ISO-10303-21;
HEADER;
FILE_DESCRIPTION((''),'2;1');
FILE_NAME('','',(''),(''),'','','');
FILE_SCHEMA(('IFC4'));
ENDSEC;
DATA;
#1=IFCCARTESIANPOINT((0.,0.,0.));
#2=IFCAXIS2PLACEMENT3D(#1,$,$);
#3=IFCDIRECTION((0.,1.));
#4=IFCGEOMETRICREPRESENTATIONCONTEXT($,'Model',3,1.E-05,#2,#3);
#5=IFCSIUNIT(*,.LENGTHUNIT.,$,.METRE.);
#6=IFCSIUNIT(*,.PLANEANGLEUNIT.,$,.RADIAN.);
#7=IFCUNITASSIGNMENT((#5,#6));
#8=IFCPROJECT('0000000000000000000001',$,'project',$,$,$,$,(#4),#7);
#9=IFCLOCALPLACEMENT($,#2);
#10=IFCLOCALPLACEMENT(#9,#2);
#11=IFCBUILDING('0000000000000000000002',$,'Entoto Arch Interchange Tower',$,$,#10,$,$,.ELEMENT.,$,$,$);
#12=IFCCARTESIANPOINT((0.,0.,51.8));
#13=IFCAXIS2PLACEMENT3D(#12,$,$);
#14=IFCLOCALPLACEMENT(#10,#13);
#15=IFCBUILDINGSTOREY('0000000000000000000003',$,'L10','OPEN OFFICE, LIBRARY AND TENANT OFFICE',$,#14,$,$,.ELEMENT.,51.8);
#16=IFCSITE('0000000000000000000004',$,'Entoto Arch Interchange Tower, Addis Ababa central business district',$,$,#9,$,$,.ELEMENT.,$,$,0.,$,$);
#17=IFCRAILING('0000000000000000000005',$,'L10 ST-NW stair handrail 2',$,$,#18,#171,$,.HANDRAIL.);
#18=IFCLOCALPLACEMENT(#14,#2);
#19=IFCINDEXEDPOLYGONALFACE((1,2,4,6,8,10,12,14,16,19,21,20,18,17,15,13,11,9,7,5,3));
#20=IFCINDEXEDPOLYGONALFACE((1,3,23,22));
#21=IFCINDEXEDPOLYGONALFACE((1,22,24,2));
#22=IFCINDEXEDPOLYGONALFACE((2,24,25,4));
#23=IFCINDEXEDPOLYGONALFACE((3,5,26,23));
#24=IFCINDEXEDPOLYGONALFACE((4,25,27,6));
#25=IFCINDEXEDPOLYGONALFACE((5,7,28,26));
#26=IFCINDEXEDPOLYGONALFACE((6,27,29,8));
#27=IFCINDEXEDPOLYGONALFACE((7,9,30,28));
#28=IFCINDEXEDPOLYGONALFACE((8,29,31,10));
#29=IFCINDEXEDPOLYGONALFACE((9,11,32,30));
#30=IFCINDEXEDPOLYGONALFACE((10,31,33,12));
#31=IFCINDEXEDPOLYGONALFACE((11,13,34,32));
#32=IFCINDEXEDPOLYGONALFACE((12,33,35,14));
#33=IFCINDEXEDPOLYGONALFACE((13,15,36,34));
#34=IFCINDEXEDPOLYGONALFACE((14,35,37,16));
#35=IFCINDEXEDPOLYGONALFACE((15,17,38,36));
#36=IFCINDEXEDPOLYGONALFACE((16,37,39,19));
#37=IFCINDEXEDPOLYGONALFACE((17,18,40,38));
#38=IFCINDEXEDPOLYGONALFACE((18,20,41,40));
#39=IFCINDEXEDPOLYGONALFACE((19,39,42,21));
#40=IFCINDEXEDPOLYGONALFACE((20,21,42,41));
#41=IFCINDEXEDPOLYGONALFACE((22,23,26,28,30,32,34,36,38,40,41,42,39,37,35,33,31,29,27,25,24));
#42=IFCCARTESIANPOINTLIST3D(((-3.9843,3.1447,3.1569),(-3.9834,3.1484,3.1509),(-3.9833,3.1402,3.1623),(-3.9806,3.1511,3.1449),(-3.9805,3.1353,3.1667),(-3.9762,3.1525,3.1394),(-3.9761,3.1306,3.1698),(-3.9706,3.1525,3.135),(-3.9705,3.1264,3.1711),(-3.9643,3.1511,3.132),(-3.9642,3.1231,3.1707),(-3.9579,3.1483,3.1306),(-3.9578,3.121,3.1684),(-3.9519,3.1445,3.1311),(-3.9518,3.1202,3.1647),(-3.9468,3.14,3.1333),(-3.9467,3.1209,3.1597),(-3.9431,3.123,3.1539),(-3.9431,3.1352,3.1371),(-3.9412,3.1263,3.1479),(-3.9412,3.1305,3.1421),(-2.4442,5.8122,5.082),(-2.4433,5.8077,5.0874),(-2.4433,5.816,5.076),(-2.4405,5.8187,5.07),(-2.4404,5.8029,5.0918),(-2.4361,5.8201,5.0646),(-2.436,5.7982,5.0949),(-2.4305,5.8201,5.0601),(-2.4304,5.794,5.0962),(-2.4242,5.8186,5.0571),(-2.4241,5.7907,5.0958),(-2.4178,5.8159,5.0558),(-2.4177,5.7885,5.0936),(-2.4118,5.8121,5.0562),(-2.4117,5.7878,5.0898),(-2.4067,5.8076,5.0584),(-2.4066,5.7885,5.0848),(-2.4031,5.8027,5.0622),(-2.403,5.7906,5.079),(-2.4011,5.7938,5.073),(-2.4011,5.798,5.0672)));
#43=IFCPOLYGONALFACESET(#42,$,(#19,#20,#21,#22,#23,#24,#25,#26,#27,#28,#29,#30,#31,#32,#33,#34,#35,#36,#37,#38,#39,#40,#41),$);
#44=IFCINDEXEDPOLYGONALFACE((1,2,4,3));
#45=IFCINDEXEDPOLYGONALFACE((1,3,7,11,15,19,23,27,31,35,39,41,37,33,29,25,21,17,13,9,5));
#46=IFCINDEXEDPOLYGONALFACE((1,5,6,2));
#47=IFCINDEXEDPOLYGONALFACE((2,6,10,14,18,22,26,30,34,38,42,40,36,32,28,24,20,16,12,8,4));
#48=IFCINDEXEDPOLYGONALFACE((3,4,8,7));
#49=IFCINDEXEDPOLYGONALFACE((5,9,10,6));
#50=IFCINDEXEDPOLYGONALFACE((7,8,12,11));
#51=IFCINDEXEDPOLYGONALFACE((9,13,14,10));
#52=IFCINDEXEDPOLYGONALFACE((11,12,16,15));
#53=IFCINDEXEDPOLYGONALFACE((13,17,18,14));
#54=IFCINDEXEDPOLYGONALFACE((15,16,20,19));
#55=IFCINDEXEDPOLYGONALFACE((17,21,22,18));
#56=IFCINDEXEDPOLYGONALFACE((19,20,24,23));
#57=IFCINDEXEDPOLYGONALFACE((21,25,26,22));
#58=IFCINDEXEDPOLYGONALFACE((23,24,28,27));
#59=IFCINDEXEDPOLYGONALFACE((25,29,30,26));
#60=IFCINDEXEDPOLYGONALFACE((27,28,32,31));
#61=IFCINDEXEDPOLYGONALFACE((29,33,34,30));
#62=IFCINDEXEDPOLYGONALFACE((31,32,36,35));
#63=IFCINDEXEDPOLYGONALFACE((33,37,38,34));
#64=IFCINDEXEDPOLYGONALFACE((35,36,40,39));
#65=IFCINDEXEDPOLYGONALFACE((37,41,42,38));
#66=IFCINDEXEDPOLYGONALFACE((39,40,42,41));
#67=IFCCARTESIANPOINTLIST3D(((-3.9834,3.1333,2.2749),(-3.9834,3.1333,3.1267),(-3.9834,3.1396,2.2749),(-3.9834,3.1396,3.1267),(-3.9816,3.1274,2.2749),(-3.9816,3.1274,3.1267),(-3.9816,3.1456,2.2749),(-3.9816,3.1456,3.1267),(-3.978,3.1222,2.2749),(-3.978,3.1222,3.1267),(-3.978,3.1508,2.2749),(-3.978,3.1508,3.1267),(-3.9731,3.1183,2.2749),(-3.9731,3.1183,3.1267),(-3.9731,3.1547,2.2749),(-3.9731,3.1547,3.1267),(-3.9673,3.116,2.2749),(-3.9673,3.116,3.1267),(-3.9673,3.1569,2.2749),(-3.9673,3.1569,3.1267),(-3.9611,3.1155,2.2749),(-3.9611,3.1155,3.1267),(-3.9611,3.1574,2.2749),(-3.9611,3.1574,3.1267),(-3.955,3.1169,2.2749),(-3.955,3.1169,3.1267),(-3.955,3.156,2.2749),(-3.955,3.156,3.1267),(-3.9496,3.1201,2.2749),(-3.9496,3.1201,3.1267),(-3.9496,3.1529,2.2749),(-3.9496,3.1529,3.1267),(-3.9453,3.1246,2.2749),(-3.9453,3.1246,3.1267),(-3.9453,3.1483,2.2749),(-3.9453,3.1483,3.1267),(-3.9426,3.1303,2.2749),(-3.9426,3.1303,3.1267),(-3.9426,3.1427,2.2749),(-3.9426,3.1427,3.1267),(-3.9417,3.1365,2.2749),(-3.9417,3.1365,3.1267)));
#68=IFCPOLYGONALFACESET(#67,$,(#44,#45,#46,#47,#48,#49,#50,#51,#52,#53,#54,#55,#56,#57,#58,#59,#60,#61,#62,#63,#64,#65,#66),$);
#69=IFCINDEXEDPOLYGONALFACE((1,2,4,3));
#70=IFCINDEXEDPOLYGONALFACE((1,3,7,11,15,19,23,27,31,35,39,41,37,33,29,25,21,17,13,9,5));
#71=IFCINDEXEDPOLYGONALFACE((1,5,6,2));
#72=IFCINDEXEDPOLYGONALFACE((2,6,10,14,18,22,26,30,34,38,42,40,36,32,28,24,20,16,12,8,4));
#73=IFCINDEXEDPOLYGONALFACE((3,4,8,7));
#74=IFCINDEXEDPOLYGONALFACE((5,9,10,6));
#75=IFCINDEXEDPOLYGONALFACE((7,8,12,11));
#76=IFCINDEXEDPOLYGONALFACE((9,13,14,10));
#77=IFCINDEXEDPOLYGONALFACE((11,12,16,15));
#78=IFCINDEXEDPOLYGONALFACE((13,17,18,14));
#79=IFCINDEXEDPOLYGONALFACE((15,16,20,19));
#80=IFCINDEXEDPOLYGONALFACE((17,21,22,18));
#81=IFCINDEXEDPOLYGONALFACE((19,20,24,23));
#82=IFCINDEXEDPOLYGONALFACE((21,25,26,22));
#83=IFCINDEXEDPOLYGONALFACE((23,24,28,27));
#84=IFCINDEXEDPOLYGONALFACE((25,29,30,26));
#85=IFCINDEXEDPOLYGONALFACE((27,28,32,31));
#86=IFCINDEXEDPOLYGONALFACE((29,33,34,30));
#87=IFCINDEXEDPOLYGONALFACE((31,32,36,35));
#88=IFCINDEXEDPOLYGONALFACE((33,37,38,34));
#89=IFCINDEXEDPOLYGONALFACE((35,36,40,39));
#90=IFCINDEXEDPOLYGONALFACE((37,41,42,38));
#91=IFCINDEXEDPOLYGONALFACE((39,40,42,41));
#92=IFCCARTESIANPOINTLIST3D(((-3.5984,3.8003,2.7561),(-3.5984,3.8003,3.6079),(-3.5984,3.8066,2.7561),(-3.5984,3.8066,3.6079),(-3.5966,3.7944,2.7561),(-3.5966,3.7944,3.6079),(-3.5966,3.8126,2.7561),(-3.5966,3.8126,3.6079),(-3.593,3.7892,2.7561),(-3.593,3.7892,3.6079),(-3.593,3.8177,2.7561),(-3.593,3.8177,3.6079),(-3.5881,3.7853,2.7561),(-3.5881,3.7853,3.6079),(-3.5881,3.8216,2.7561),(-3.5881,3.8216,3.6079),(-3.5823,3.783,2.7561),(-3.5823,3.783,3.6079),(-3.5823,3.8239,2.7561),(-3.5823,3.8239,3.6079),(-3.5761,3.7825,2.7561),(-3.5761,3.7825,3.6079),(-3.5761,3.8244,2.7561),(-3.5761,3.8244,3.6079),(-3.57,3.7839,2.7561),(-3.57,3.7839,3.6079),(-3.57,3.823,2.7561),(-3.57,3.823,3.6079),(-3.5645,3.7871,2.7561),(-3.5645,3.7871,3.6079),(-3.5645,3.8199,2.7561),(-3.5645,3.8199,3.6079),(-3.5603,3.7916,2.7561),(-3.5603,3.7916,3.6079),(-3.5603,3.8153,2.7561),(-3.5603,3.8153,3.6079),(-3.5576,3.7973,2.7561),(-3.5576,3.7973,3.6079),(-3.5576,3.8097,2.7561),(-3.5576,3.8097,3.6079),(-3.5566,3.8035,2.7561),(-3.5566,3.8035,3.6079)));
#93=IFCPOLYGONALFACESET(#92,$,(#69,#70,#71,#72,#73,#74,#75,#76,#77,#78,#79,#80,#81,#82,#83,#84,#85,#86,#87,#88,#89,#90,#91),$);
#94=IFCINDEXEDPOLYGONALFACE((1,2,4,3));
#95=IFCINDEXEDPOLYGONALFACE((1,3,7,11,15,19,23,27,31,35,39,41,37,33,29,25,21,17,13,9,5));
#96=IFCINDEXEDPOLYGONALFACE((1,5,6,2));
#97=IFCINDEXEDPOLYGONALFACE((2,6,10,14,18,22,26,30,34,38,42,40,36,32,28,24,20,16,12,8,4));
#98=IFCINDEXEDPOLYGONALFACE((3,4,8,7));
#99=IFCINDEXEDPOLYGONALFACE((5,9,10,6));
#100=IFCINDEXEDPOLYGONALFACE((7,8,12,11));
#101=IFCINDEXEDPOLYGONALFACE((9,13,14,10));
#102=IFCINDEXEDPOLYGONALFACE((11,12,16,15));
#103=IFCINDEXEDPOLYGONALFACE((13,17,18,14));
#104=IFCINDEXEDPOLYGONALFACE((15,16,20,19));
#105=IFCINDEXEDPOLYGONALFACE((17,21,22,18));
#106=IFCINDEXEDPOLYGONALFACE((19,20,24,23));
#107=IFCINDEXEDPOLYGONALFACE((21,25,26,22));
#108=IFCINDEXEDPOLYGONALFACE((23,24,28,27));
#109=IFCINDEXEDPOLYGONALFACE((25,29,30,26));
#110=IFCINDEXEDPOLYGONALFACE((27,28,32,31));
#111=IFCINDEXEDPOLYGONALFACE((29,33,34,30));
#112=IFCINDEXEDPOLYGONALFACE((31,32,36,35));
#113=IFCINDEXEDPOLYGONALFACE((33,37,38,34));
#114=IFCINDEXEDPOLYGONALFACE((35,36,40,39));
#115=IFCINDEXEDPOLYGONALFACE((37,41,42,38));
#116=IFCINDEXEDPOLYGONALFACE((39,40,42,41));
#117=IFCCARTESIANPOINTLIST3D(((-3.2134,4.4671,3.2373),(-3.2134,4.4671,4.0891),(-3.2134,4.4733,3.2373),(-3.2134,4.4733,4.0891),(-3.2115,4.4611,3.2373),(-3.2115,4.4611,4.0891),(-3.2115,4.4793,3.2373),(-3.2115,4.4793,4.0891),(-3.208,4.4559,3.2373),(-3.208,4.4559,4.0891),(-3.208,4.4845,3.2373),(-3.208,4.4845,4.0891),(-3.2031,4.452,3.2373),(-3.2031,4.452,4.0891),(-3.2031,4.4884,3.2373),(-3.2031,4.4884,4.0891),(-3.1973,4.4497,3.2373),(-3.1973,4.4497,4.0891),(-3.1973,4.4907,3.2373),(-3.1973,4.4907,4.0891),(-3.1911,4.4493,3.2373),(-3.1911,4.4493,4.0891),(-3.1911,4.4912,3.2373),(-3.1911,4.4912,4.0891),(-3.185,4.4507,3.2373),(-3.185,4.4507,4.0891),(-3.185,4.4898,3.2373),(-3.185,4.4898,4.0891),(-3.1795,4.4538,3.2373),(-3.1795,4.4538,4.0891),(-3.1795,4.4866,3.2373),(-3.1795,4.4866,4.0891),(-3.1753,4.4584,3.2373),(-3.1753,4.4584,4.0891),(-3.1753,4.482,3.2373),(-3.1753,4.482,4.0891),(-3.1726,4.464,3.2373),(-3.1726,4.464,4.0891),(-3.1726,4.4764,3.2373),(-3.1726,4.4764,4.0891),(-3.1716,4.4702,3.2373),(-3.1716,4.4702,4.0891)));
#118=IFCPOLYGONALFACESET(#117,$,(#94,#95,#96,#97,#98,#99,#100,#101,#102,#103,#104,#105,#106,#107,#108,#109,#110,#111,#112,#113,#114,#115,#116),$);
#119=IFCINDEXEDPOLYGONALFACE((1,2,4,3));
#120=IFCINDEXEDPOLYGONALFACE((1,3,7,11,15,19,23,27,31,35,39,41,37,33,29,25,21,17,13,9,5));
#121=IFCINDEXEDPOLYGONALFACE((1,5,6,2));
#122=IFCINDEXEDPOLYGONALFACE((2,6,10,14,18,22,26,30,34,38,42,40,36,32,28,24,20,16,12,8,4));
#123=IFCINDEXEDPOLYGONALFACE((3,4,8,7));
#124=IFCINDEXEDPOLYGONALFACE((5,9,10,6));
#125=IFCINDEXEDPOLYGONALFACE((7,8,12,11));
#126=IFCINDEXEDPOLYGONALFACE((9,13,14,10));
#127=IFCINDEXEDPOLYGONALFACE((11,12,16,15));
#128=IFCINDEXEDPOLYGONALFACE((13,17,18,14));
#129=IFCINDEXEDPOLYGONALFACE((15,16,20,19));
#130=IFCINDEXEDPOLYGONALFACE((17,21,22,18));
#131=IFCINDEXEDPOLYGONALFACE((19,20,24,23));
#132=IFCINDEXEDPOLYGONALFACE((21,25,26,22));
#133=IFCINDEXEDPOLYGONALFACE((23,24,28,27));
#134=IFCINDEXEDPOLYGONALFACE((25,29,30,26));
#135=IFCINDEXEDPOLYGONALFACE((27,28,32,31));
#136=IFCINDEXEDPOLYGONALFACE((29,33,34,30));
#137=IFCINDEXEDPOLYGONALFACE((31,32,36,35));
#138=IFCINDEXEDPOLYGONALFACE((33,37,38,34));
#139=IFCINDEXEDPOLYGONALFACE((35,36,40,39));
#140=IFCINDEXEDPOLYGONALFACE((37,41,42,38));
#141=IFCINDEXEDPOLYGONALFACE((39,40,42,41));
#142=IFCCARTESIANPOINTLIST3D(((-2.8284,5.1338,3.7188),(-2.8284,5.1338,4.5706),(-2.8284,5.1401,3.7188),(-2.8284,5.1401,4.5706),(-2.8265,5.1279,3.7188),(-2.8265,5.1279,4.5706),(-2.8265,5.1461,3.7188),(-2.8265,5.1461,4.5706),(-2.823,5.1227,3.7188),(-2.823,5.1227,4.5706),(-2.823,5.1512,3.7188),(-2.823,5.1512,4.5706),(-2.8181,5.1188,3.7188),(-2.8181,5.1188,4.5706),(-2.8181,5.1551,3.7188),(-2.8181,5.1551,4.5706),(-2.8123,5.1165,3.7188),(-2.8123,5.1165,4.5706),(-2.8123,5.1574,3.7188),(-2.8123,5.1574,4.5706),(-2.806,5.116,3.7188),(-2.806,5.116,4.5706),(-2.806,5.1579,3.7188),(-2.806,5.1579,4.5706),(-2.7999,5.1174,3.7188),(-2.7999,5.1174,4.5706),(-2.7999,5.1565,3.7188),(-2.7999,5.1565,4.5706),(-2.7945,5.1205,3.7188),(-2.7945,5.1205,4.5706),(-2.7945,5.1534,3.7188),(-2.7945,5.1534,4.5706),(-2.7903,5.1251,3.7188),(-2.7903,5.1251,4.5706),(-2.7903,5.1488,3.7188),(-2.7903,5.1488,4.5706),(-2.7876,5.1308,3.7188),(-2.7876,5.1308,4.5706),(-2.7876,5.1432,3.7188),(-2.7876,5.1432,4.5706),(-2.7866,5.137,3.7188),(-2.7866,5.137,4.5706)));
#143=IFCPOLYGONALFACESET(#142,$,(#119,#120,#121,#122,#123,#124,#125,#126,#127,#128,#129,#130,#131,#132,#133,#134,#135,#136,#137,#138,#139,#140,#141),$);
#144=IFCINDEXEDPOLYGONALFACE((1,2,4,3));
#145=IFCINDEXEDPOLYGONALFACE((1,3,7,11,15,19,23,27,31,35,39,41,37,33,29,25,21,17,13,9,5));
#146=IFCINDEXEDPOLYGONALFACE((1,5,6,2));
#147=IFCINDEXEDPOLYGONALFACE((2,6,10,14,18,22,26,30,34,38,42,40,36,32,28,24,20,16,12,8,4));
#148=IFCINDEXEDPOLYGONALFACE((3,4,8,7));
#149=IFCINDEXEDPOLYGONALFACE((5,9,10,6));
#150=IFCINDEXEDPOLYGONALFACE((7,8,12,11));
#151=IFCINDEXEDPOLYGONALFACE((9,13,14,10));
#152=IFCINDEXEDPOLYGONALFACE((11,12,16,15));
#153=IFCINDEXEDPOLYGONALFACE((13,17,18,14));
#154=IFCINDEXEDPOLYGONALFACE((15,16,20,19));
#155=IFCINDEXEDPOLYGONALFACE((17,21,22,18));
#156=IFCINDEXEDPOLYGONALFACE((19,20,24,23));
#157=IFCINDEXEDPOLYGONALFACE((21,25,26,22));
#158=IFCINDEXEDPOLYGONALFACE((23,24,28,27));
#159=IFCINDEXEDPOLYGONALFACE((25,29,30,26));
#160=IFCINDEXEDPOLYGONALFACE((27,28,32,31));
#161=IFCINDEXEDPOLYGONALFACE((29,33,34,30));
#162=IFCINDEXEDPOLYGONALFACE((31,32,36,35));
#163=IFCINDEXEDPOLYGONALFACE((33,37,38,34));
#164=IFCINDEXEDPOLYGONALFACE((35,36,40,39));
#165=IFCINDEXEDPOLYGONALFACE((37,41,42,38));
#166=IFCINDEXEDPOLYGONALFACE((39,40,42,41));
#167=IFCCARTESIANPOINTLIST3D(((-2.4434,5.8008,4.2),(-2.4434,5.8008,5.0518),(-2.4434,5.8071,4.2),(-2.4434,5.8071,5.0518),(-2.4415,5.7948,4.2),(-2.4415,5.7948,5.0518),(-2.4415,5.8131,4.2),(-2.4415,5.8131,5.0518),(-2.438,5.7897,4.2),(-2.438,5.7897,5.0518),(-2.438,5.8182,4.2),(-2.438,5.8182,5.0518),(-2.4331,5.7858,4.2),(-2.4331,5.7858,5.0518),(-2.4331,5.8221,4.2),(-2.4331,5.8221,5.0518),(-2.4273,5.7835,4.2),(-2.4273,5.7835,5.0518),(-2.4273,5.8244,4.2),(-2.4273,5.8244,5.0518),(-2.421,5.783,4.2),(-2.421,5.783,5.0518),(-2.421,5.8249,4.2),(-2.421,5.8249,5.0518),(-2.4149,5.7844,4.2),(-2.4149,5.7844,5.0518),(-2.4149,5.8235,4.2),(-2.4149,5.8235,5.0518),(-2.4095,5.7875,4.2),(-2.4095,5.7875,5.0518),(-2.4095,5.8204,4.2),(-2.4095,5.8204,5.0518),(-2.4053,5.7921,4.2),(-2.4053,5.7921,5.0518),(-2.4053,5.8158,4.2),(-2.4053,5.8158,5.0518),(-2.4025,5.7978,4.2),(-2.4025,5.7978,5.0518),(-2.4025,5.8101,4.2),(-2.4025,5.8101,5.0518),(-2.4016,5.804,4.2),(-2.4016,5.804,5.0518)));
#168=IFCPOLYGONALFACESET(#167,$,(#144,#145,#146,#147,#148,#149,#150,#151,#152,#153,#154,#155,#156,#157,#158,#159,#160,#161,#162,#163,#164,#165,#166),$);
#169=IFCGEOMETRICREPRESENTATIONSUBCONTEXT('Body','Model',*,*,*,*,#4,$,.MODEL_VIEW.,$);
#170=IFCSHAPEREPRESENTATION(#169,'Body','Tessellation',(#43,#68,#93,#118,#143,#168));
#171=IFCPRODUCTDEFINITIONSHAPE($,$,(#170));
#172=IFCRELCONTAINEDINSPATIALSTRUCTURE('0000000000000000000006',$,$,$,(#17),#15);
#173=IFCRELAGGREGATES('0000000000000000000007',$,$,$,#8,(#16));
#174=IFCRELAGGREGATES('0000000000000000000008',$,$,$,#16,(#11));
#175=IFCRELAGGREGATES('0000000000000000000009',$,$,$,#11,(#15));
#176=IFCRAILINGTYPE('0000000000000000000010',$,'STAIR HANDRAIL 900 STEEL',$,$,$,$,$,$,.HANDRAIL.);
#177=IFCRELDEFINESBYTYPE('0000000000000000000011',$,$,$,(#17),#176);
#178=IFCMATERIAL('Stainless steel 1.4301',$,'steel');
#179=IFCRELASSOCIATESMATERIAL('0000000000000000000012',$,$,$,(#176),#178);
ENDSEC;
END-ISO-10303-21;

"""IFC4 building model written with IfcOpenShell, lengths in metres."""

from ifc_helpers import new_model, si_unit, direction, frame, origin, origin_2d, place, context, subcontext, project, spatial, circle, extrude, material, type_object, element, save


model = new_model("IFC4")

# Units and contexts
model_context = context("Model", 3, precision=1e-05, world=origin(), true_north=direction((0.0, 1.0)))
body_context = subcontext(model_context, "Body", "Model", "MODEL_VIEW")
ifc_project = project(units=[si_unit("LENGTHUNIT", "METRE"), si_unit("PLANEANGLEUNIT", "RADIAN")], contexts=[model_context])

# Site, building, storey
site_placement = place(None, origin())
site = spatial("IfcSite", under=ifc_project, at=site_placement, Name="Entoto Arch Interchange Tower, Addis Ababa central business district", CompositionType="ELEMENT", RefElevation=0.0)
building_placement = place(site_placement, origin())
building = spatial("IfcBuilding", under=site, at=building_placement, Name="Entoto Arch Interchange Tower", CompositionType="ELEMENT")
storey_placement = place(building_placement, frame((0.0, 0.0, 51.8)))
storey = spatial("IfcBuildingStorey", under=building, at=storey_placement, Name="L10", Description="OPEN OFFICE, LIBRARY AND TENANT OFFICE", CompositionType="ELEMENT", Elevation=51.8)

# Railing
ifc_material_1 = material(Name="Stainless steel 1.4301", Category="steel")
railing_type_1 = type_object("IfcRailingType", Name="STAIR HANDRAIL 900 STEEL", PredefinedType="HANDRAIL", material=ifc_material_1)
railing_1_placement = place(storey_placement, frame((-3.9626, 3.1365, 2.2749)))
element("IfcRailing", 1, at=railing_1_placement, inside=storey, type_object=railing_type_1, Name="L10 ST-NW stair handrail 2", PredefinedType="HANDRAIL", context=body_context, shape_type="SweptSolid", body=[
    extrude(circle(Radius=0.0239, at=origin_2d()), frame((0.0, 0.0, 0.876), z_axis=(0.423994, 0.734395, 0.529993), x_axis=(-0.86603, 0.499992, 0.0)), (0.0, 0.0, 1.0), 3.6323),
    extrude(circle(Radius=0.021, at=origin_2d()), origin(), (0.0, 0.0, 1.0), 0.8518),
    extrude(circle(Radius=0.021, at=origin_2d()), frame((0.385, 0.667, 0.4812)), (0.0, 0.0, 1.0), 0.8518),
    extrude(circle(Radius=0.021, at=origin_2d()), frame((0.77, 1.3337, 0.9624)), (0.0, 0.0, 1.0), 0.8518),
    extrude(circle(Radius=0.021, at=origin_2d()), frame((1.155, 2.0005, 1.4438)), (0.0, 0.0, 1.0), 0.8518),
    extrude(circle(Radius=0.021, at=origin_2d()), frame((1.54, 2.6675, 1.925)), (0.0, 0.0, 1.0), 0.8518),
])

save(model, "model.ifc")
